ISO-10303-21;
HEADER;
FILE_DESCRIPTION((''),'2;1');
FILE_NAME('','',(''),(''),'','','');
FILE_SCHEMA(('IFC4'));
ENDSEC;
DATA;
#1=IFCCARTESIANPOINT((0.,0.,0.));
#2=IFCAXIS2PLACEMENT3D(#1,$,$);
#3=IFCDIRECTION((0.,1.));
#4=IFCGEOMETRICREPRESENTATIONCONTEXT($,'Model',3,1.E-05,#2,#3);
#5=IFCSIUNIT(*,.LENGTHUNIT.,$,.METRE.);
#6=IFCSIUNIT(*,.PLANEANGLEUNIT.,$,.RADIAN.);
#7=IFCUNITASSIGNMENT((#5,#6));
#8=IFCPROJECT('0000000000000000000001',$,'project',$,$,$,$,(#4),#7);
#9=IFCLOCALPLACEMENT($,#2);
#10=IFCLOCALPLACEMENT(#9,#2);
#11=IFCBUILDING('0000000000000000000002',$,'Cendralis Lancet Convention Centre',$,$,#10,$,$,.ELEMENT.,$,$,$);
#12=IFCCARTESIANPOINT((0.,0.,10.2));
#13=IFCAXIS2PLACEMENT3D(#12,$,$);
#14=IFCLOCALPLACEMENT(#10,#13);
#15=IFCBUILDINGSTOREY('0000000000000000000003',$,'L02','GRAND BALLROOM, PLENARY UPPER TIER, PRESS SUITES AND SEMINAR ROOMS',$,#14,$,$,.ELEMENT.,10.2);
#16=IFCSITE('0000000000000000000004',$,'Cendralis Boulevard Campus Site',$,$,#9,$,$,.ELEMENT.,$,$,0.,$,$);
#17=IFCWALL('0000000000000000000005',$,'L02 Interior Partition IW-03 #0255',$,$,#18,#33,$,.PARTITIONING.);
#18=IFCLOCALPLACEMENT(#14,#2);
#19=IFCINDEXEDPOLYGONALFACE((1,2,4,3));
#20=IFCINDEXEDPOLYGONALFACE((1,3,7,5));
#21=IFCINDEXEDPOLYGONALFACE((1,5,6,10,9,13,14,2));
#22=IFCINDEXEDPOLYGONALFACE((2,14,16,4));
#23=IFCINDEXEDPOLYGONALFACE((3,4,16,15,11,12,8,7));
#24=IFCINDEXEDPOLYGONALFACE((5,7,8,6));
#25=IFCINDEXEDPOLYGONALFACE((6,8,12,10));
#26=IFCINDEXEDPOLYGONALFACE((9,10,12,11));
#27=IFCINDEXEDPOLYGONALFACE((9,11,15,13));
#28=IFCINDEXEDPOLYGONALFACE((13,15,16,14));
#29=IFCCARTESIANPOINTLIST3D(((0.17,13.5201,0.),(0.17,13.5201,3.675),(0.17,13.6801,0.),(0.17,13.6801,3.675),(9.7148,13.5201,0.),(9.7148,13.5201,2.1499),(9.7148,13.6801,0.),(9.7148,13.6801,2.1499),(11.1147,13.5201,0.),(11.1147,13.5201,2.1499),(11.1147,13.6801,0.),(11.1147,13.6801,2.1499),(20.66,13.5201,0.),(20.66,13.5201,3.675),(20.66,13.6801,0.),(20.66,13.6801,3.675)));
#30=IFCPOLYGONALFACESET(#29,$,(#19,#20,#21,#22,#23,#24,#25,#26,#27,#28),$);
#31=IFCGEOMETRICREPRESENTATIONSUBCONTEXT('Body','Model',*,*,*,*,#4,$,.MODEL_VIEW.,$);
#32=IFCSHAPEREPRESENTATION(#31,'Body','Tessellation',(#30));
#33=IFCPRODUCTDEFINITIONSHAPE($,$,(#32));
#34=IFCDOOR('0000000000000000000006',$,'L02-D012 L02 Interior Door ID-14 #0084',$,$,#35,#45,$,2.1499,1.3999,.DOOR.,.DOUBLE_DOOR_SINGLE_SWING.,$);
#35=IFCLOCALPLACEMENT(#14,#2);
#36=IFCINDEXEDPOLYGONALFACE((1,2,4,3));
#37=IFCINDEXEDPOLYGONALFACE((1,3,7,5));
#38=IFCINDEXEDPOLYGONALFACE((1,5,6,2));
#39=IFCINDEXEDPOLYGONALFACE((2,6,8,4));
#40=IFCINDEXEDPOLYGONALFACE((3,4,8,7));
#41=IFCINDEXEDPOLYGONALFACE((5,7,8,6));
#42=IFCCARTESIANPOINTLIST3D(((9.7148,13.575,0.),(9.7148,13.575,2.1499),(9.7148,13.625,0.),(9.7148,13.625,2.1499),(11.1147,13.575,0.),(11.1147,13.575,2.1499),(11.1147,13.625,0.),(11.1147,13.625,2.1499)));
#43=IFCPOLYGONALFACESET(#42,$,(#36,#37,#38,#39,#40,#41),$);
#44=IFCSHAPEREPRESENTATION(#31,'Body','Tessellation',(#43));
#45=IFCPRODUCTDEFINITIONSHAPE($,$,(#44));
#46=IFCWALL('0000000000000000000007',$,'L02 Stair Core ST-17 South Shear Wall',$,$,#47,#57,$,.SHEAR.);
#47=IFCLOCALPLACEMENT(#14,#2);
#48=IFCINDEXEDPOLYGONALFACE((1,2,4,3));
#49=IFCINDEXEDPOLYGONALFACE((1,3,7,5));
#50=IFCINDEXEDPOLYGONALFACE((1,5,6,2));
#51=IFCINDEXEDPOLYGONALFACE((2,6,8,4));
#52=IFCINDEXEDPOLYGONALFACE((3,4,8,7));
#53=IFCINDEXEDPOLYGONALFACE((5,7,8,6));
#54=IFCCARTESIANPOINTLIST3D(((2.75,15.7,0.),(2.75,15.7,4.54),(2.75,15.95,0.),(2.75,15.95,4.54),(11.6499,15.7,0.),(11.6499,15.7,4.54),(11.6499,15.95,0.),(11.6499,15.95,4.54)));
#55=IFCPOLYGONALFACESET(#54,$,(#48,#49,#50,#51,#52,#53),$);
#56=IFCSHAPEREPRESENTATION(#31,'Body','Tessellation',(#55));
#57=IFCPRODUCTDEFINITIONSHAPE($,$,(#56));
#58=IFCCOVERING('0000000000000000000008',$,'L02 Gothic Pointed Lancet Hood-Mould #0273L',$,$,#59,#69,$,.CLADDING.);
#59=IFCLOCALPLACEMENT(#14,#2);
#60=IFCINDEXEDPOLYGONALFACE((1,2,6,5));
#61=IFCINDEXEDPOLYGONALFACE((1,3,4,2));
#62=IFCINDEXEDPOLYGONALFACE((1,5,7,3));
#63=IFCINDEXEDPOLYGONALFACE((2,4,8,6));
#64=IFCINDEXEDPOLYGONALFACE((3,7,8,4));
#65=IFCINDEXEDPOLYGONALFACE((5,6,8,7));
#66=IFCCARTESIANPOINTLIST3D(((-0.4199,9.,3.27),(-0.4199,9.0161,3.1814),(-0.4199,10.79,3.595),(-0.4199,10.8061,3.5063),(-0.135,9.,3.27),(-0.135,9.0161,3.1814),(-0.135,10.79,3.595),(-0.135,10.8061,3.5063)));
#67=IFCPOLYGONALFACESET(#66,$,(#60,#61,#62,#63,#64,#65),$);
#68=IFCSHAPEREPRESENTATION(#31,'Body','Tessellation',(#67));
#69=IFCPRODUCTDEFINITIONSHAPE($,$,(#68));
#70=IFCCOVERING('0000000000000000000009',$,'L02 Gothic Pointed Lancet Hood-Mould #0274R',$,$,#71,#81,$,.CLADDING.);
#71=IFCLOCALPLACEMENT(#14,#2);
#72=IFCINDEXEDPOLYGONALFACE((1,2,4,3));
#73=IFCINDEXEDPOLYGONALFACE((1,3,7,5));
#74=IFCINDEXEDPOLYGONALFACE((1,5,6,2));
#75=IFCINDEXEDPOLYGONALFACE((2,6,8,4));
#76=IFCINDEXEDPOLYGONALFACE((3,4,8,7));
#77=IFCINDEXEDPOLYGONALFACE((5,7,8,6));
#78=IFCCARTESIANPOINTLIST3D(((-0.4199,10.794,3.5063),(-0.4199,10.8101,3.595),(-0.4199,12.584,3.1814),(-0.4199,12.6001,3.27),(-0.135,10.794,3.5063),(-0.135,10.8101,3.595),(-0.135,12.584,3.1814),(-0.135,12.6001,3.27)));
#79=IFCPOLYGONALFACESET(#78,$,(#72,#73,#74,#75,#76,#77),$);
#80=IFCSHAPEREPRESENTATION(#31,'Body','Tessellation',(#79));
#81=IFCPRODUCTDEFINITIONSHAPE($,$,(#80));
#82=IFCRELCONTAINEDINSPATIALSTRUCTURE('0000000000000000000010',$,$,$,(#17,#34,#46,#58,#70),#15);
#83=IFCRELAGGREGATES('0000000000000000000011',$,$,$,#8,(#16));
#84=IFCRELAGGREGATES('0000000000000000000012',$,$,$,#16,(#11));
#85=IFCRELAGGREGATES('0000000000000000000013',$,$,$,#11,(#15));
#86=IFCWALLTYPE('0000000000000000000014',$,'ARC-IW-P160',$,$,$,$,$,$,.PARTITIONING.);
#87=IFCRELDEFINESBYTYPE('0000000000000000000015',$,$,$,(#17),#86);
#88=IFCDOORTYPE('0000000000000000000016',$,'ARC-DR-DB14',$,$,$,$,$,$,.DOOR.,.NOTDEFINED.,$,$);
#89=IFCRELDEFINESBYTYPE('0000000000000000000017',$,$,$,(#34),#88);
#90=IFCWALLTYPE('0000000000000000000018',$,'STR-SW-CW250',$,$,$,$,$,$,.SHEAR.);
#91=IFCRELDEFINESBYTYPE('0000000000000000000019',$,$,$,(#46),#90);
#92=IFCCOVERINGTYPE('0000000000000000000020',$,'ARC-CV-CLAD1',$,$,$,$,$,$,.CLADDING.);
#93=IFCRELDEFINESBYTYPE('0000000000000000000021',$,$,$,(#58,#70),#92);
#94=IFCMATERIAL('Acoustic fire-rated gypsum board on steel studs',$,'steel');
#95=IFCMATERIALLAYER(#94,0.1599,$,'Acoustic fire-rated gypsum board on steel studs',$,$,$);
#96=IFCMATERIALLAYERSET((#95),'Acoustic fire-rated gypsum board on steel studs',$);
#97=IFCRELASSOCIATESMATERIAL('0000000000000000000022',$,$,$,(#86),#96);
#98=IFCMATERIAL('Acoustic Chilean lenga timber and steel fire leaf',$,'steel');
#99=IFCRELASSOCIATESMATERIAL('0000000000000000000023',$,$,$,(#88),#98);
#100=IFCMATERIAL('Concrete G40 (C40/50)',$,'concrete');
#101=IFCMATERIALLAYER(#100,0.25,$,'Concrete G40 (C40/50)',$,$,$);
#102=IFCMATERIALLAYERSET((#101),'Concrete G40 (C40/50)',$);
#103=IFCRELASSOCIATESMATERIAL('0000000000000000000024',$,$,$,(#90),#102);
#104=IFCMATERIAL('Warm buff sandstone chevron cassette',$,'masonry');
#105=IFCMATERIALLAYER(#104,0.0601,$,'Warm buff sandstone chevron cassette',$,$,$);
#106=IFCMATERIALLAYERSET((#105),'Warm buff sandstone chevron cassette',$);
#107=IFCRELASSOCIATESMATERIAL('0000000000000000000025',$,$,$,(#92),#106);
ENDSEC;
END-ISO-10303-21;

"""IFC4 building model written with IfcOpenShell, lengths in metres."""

from ifc_helpers import new_model, si_unit, direction, frame, frame_2d, origin, place, context, subcontext, project, spatial, polyline, rectangle, outline, extrude, material, layer, layer_set, type_object, element, fill, save


model = new_model("IFC4")

# Units and contexts
model_context = context("Model", 3, precision=1e-05, world=origin(), true_north=direction((0.0, 1.0)))
body_context = subcontext(model_context, "Body", "Model", "MODEL_VIEW")
ifc_project = project(units=[si_unit("LENGTHUNIT", "METRE"), si_unit("PLANEANGLEUNIT", "RADIAN")], contexts=[model_context])

# Site, building, storey
site_placement = place(None, origin())
site = spatial("IfcSite", under=ifc_project, at=site_placement, Name="Cendralis Boulevard Campus Site", CompositionType="ELEMENT", RefElevation=0.0)
building_placement = place(site_placement, origin())
building = spatial("IfcBuilding", under=site, at=building_placement, Name="Cendralis Lancet Convention Centre", CompositionType="ELEMENT")
storey_placement = place(building_placement, frame((0.0, 0.0, 10.2)))
storey = spatial("IfcBuildingStorey", under=building, at=storey_placement, Name="L02", Description="GRAND BALLROOM, PLENARY UPPER TIER, PRESS SUITES AND SEMINAR ROOMS", CompositionType="ELEMENT", Elevation=10.2)

# Shared definitions
ifc_material_1 = material(Name="Concrete G40 (C40/50)", Category="concrete")

# Wall, opening, door
ifc_material_2 = material(Name="Acoustic fire-rated gypsum board on steel studs", Category="steel")
ifc_layer_1 = layer(ifc_material_2, 0.1599, Name="Acoustic fire-rated gypsum board on steel studs")
ifc_layer_set_1 = layer_set([ifc_layer_1], Name="Acoustic fire-rated gypsum board on steel studs")
wall_type_1 = type_object("IfcWallType", Name="ARC-IW-P160", PredefinedType="PARTITIONING", material=ifc_layer_set_1)
wall_1_placement = place(storey_placement, frame((0.1699, 13.6001, 0.0), z_axis=(0.0, 0.0, 1.0), x_axis=(1.0, 0.0, 0.0)))
wall_1 = element("IfcWall", 1, at=wall_1_placement, inside=storey, type_object=wall_type_1, Name="L02 Interior Partition IW-03 #0255", PredefinedType="PARTITIONING", context=body_context, shape_type="SweptSolid", body=[
    extrude(rectangle(XDim=20.49, YDim=0.1599, at=frame_2d((10.2451, 0.0))), origin(), (0.0, 0.0, 1.0), 3.675),
])
opening_1_placement = place(wall_1_placement, frame((9.5449, 0.0, 0.0)))
opening_1 = element("IfcOpeningElement", 2, at=opening_1_placement, cuts=wall_1, PredefinedType="OPENING", context=body_context, shape_type="SweptSolid", body=[
    extrude(rectangle(XDim=1.3999, YDim=2.1499, at=frame_2d((0.7, 1.075))), frame((0.0, 0.0898, 0.0), z_axis=(0.0, -1.0, 0.0), x_axis=(1.0, 0.0, 0.0)), (0.0, 0.0, 1.0), 0.1799),
])
ifc_material_3 = material(Name="Acoustic Chilean lenga timber and steel fire leaf", Category="steel")
door_type = type_object("IfcDoorType", Name="ARC-DR-DB14", OperationType="NOTDEFINED", PredefinedType="DOOR", material=ifc_material_3)
door_placement = place(opening_1_placement, origin())
door = element("IfcDoor", 3, at=door_placement, inside=storey, type_object=door_type, Name="L02-D012 L02 Interior Door ID-14 #0084", OperationType="DOUBLE_DOOR_SINGLE_SWING", OverallHeight=2.1499, OverallWidth=1.3999, PredefinedType="DOOR", context=body_context, shape_type="SweptSolid", body=[
    extrude(rectangle(XDim=1.3999, YDim=2.1499, at=frame_2d((0.7, 1.075))), frame((0.0, 0.0249, 0.0), z_axis=(0.0, -1.0, 0.0), x_axis=(1.0, 0.0, 0.0)), (0.0, 0.0, 1.0), 0.05),
])
fill(opening_1, door)

# Wall
ifc_layer_2 = layer(ifc_material_1, 0.25, Name="Concrete G40 (C40/50)")
ifc_layer_set_2 = layer_set([ifc_layer_2], Name="Concrete G40 (C40/50)")
wall_type_2 = type_object("IfcWallType", Name="STR-SW-CW250", PredefinedType="SHEAR", material=ifc_layer_set_2)
wall_2_placement = place(storey_placement, frame((2.75, 15.825, 0.0), z_axis=(0.0, 0.0, 1.0), x_axis=(1.0, 0.0, 0.0)))
element("IfcWall", 4, at=wall_2_placement, inside=storey, type_object=wall_type_2, Name="L02 Stair Core ST-17 South Shear Wall", PredefinedType="SHEAR", context=body_context, shape_type="SweptSolid", body=[
    extrude(rectangle(XDim=8.8999, YDim=0.25, at=frame_2d((4.45, 0.0))), origin(), (0.0, 0.0, 1.0), 4.54),
])

# Coverings
ifc_material_4 = material(Name="Warm buff sandstone chevron cassette", Category="masonry")
ifc_layer_3 = layer(ifc_material_4, 0.0601, Name="Warm buff sandstone chevron cassette")
ifc_layer_set_3 = layer_set([ifc_layer_3], Name="Warm buff sandstone chevron cassette")
covering_type = type_object("IfcCoveringType", Name="ARC-CV-CLAD1", PredefinedType="CLADDING", material=ifc_layer_set_3)
for number, where, z_axis, x_axis, name in (
    (5, (-0.4199, 9.0, 3.27), (0.0, -0.178614, 0.983919), (1.0, 0.0, 0.0), "L02 Gothic Pointed Lancet Hood-Mould #0273L"),
    (6, (-0.4199, 10.8101, 3.595), (0.0, 0.178614, 0.983919), (1.0, 0.0, 0.0), "L02 Gothic Pointed Lancet Hood-Mould #0274R"),
):
    element("IfcCovering", number, at=place(storey_placement, frame(where, z_axis=z_axis, x_axis=x_axis)), inside=storey, type_object=covering_type, Name=name, PredefinedType="CLADDING", context=body_context, shape_type="SweptSolid", body=[
        extrude(outline(polyline([(0.0, 0.0), (0.2849, 0.0), (0.2849, 1.8193), (0.0, 1.8193), (0.0, 0.0)])), origin(), (0.0, 0.0, -1.0), 0.0901),
    ])

save(model, "model.ifc")
